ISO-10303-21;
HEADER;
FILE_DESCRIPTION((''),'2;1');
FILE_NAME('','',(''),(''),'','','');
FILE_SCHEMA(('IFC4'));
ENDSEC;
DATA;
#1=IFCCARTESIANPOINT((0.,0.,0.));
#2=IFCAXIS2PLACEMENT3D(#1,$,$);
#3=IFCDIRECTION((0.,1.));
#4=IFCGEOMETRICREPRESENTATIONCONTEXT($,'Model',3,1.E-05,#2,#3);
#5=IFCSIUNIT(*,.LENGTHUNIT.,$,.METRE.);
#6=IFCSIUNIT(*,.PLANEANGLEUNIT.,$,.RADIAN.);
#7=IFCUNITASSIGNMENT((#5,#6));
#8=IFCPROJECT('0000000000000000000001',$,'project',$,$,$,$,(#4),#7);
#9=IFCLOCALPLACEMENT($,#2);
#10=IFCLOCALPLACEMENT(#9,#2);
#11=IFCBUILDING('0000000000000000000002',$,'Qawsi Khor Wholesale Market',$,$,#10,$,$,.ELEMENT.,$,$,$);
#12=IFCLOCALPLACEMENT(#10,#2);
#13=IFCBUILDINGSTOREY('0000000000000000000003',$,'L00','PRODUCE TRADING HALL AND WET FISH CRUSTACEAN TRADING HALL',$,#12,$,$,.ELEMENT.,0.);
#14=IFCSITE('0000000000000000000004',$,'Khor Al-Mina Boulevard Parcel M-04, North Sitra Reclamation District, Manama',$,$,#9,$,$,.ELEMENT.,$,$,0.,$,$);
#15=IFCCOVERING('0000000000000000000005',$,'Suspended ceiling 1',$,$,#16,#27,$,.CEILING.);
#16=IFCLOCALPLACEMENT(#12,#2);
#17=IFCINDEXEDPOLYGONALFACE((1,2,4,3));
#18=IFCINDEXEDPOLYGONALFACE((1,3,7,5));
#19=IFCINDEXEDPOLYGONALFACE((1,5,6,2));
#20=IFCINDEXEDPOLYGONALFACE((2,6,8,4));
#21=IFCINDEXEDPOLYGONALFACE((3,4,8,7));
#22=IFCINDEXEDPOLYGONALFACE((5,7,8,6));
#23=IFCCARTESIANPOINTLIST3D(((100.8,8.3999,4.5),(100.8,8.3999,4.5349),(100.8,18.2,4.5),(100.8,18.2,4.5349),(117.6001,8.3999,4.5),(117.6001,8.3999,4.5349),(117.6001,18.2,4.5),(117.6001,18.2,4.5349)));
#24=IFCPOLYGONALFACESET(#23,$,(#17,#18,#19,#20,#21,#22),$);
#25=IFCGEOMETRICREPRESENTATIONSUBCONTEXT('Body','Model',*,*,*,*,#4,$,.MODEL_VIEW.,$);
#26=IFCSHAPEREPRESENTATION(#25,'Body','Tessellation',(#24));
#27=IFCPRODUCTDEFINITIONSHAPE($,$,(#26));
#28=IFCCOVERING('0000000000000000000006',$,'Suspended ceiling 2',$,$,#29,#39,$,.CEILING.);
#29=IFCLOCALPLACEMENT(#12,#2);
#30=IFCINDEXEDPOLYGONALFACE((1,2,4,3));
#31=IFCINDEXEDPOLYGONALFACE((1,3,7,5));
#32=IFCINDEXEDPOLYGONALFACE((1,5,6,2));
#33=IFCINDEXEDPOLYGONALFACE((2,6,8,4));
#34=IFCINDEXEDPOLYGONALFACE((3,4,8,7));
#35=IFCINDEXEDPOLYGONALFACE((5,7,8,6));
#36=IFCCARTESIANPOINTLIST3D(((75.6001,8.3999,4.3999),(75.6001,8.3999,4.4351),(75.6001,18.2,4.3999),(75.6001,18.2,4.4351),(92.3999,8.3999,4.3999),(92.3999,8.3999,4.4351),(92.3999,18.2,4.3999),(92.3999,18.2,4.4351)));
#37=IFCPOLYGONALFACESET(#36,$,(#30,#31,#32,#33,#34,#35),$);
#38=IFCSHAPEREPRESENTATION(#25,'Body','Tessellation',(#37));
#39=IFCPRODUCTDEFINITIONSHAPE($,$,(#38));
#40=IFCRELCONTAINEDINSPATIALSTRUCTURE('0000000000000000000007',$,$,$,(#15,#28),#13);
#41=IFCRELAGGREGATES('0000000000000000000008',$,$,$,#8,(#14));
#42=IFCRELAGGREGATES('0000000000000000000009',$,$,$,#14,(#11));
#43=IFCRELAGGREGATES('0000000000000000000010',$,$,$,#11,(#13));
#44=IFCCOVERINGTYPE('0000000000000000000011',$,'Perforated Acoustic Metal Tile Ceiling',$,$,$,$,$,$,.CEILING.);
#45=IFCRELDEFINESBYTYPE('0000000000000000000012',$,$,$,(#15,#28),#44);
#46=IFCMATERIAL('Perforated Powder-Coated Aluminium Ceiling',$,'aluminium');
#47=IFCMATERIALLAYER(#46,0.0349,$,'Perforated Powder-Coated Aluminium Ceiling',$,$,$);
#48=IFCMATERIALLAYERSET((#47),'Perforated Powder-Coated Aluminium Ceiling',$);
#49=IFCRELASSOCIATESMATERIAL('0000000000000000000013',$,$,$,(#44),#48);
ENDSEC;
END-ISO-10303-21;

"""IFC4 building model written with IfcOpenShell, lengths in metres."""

from ifc_helpers import new_model, si_unit, direction, frame, origin, place, context, subcontext, project, spatial, polyline, outline, extrude, material, layer, layer_set, type_object, element, save


model = new_model("IFC4")

# Units and contexts
model_context = context("Model", 3, precision=1e-05, world=origin(), true_north=direction((0.0, 1.0)))
body_context = subcontext(model_context, "Body", "Model", "MODEL_VIEW")
ifc_project = project(units=[si_unit("LENGTHUNIT", "METRE"), si_unit("PLANEANGLEUNIT", "RADIAN")], contexts=[model_context])

# Site, building, storey
site_placement = place(None, origin())
site = spatial("IfcSite", under=ifc_project, at=site_placement, Name="Khor Al-Mina Boulevard Parcel M-04, North Sitra Reclamation District, Manama", CompositionType="ELEMENT", RefElevation=0.0)
building_placement = place(site_placement, origin())
building = spatial("IfcBuilding", under=site, at=building_placement, Name="Qawsi Khor Wholesale Market", CompositionType="ELEMENT")
storey_placement = place(building_placement, origin())
storey = spatial("IfcBuildingStorey", under=building, at=storey_placement, Name="L00", Description="PRODUCE TRADING HALL AND WET FISH CRUSTACEAN TRADING HALL", CompositionType="ELEMENT", Elevation=0.0)

# Coverings
ifc_material_1 = material(Name="Perforated Powder-Coated Aluminium Ceiling", Category="aluminium")
ifc_layer_1 = layer(ifc_material_1, 0.0349, Name="Perforated Powder-Coated Aluminium Ceiling")
ifc_layer_set_1 = layer_set([ifc_layer_1], Name="Perforated Powder-Coated Aluminium Ceiling")
covering_type = type_object("IfcCoveringType", Name="Perforated Acoustic Metal Tile Ceiling", PredefinedType="CEILING", material=ifc_layer_set_1)
covering_1_placement = place(storey_placement, frame((0.0, 0.0, 4.5)))
element("IfcCovering", 1, at=covering_1_placement, inside=storey, type_object=covering_type, Name="Suspended ceiling 1", PredefinedType="CEILING", context=body_context, shape_type="SweptSolid", body=[
    extrude(outline(polyline([(100.8, 8.3999), (117.6001, 8.3999), (117.6001, 18.2), (100.8, 18.2), (100.8, 8.3999)])), origin(), (0.0, 0.0, 1.0), 0.0349),
])
covering_2_placement = place(storey_placement, frame((0.0, 0.0, 4.3999)))
element("IfcCovering", 2, at=covering_2_placement, inside=storey, type_object=covering_type, Name="Suspended ceiling 2", PredefinedType="CEILING", context=body_context, shape_type="SweptSolid", body=[
    extrude(outline(polyline([(75.6001, 8.3999), (92.3999, 8.3999), (92.3999, 18.2), (75.6001, 18.2), (75.6001, 8.3999)])), origin(), (0.0, 0.0, 1.0), 0.0352),
])

save(model, "model.ifc")
